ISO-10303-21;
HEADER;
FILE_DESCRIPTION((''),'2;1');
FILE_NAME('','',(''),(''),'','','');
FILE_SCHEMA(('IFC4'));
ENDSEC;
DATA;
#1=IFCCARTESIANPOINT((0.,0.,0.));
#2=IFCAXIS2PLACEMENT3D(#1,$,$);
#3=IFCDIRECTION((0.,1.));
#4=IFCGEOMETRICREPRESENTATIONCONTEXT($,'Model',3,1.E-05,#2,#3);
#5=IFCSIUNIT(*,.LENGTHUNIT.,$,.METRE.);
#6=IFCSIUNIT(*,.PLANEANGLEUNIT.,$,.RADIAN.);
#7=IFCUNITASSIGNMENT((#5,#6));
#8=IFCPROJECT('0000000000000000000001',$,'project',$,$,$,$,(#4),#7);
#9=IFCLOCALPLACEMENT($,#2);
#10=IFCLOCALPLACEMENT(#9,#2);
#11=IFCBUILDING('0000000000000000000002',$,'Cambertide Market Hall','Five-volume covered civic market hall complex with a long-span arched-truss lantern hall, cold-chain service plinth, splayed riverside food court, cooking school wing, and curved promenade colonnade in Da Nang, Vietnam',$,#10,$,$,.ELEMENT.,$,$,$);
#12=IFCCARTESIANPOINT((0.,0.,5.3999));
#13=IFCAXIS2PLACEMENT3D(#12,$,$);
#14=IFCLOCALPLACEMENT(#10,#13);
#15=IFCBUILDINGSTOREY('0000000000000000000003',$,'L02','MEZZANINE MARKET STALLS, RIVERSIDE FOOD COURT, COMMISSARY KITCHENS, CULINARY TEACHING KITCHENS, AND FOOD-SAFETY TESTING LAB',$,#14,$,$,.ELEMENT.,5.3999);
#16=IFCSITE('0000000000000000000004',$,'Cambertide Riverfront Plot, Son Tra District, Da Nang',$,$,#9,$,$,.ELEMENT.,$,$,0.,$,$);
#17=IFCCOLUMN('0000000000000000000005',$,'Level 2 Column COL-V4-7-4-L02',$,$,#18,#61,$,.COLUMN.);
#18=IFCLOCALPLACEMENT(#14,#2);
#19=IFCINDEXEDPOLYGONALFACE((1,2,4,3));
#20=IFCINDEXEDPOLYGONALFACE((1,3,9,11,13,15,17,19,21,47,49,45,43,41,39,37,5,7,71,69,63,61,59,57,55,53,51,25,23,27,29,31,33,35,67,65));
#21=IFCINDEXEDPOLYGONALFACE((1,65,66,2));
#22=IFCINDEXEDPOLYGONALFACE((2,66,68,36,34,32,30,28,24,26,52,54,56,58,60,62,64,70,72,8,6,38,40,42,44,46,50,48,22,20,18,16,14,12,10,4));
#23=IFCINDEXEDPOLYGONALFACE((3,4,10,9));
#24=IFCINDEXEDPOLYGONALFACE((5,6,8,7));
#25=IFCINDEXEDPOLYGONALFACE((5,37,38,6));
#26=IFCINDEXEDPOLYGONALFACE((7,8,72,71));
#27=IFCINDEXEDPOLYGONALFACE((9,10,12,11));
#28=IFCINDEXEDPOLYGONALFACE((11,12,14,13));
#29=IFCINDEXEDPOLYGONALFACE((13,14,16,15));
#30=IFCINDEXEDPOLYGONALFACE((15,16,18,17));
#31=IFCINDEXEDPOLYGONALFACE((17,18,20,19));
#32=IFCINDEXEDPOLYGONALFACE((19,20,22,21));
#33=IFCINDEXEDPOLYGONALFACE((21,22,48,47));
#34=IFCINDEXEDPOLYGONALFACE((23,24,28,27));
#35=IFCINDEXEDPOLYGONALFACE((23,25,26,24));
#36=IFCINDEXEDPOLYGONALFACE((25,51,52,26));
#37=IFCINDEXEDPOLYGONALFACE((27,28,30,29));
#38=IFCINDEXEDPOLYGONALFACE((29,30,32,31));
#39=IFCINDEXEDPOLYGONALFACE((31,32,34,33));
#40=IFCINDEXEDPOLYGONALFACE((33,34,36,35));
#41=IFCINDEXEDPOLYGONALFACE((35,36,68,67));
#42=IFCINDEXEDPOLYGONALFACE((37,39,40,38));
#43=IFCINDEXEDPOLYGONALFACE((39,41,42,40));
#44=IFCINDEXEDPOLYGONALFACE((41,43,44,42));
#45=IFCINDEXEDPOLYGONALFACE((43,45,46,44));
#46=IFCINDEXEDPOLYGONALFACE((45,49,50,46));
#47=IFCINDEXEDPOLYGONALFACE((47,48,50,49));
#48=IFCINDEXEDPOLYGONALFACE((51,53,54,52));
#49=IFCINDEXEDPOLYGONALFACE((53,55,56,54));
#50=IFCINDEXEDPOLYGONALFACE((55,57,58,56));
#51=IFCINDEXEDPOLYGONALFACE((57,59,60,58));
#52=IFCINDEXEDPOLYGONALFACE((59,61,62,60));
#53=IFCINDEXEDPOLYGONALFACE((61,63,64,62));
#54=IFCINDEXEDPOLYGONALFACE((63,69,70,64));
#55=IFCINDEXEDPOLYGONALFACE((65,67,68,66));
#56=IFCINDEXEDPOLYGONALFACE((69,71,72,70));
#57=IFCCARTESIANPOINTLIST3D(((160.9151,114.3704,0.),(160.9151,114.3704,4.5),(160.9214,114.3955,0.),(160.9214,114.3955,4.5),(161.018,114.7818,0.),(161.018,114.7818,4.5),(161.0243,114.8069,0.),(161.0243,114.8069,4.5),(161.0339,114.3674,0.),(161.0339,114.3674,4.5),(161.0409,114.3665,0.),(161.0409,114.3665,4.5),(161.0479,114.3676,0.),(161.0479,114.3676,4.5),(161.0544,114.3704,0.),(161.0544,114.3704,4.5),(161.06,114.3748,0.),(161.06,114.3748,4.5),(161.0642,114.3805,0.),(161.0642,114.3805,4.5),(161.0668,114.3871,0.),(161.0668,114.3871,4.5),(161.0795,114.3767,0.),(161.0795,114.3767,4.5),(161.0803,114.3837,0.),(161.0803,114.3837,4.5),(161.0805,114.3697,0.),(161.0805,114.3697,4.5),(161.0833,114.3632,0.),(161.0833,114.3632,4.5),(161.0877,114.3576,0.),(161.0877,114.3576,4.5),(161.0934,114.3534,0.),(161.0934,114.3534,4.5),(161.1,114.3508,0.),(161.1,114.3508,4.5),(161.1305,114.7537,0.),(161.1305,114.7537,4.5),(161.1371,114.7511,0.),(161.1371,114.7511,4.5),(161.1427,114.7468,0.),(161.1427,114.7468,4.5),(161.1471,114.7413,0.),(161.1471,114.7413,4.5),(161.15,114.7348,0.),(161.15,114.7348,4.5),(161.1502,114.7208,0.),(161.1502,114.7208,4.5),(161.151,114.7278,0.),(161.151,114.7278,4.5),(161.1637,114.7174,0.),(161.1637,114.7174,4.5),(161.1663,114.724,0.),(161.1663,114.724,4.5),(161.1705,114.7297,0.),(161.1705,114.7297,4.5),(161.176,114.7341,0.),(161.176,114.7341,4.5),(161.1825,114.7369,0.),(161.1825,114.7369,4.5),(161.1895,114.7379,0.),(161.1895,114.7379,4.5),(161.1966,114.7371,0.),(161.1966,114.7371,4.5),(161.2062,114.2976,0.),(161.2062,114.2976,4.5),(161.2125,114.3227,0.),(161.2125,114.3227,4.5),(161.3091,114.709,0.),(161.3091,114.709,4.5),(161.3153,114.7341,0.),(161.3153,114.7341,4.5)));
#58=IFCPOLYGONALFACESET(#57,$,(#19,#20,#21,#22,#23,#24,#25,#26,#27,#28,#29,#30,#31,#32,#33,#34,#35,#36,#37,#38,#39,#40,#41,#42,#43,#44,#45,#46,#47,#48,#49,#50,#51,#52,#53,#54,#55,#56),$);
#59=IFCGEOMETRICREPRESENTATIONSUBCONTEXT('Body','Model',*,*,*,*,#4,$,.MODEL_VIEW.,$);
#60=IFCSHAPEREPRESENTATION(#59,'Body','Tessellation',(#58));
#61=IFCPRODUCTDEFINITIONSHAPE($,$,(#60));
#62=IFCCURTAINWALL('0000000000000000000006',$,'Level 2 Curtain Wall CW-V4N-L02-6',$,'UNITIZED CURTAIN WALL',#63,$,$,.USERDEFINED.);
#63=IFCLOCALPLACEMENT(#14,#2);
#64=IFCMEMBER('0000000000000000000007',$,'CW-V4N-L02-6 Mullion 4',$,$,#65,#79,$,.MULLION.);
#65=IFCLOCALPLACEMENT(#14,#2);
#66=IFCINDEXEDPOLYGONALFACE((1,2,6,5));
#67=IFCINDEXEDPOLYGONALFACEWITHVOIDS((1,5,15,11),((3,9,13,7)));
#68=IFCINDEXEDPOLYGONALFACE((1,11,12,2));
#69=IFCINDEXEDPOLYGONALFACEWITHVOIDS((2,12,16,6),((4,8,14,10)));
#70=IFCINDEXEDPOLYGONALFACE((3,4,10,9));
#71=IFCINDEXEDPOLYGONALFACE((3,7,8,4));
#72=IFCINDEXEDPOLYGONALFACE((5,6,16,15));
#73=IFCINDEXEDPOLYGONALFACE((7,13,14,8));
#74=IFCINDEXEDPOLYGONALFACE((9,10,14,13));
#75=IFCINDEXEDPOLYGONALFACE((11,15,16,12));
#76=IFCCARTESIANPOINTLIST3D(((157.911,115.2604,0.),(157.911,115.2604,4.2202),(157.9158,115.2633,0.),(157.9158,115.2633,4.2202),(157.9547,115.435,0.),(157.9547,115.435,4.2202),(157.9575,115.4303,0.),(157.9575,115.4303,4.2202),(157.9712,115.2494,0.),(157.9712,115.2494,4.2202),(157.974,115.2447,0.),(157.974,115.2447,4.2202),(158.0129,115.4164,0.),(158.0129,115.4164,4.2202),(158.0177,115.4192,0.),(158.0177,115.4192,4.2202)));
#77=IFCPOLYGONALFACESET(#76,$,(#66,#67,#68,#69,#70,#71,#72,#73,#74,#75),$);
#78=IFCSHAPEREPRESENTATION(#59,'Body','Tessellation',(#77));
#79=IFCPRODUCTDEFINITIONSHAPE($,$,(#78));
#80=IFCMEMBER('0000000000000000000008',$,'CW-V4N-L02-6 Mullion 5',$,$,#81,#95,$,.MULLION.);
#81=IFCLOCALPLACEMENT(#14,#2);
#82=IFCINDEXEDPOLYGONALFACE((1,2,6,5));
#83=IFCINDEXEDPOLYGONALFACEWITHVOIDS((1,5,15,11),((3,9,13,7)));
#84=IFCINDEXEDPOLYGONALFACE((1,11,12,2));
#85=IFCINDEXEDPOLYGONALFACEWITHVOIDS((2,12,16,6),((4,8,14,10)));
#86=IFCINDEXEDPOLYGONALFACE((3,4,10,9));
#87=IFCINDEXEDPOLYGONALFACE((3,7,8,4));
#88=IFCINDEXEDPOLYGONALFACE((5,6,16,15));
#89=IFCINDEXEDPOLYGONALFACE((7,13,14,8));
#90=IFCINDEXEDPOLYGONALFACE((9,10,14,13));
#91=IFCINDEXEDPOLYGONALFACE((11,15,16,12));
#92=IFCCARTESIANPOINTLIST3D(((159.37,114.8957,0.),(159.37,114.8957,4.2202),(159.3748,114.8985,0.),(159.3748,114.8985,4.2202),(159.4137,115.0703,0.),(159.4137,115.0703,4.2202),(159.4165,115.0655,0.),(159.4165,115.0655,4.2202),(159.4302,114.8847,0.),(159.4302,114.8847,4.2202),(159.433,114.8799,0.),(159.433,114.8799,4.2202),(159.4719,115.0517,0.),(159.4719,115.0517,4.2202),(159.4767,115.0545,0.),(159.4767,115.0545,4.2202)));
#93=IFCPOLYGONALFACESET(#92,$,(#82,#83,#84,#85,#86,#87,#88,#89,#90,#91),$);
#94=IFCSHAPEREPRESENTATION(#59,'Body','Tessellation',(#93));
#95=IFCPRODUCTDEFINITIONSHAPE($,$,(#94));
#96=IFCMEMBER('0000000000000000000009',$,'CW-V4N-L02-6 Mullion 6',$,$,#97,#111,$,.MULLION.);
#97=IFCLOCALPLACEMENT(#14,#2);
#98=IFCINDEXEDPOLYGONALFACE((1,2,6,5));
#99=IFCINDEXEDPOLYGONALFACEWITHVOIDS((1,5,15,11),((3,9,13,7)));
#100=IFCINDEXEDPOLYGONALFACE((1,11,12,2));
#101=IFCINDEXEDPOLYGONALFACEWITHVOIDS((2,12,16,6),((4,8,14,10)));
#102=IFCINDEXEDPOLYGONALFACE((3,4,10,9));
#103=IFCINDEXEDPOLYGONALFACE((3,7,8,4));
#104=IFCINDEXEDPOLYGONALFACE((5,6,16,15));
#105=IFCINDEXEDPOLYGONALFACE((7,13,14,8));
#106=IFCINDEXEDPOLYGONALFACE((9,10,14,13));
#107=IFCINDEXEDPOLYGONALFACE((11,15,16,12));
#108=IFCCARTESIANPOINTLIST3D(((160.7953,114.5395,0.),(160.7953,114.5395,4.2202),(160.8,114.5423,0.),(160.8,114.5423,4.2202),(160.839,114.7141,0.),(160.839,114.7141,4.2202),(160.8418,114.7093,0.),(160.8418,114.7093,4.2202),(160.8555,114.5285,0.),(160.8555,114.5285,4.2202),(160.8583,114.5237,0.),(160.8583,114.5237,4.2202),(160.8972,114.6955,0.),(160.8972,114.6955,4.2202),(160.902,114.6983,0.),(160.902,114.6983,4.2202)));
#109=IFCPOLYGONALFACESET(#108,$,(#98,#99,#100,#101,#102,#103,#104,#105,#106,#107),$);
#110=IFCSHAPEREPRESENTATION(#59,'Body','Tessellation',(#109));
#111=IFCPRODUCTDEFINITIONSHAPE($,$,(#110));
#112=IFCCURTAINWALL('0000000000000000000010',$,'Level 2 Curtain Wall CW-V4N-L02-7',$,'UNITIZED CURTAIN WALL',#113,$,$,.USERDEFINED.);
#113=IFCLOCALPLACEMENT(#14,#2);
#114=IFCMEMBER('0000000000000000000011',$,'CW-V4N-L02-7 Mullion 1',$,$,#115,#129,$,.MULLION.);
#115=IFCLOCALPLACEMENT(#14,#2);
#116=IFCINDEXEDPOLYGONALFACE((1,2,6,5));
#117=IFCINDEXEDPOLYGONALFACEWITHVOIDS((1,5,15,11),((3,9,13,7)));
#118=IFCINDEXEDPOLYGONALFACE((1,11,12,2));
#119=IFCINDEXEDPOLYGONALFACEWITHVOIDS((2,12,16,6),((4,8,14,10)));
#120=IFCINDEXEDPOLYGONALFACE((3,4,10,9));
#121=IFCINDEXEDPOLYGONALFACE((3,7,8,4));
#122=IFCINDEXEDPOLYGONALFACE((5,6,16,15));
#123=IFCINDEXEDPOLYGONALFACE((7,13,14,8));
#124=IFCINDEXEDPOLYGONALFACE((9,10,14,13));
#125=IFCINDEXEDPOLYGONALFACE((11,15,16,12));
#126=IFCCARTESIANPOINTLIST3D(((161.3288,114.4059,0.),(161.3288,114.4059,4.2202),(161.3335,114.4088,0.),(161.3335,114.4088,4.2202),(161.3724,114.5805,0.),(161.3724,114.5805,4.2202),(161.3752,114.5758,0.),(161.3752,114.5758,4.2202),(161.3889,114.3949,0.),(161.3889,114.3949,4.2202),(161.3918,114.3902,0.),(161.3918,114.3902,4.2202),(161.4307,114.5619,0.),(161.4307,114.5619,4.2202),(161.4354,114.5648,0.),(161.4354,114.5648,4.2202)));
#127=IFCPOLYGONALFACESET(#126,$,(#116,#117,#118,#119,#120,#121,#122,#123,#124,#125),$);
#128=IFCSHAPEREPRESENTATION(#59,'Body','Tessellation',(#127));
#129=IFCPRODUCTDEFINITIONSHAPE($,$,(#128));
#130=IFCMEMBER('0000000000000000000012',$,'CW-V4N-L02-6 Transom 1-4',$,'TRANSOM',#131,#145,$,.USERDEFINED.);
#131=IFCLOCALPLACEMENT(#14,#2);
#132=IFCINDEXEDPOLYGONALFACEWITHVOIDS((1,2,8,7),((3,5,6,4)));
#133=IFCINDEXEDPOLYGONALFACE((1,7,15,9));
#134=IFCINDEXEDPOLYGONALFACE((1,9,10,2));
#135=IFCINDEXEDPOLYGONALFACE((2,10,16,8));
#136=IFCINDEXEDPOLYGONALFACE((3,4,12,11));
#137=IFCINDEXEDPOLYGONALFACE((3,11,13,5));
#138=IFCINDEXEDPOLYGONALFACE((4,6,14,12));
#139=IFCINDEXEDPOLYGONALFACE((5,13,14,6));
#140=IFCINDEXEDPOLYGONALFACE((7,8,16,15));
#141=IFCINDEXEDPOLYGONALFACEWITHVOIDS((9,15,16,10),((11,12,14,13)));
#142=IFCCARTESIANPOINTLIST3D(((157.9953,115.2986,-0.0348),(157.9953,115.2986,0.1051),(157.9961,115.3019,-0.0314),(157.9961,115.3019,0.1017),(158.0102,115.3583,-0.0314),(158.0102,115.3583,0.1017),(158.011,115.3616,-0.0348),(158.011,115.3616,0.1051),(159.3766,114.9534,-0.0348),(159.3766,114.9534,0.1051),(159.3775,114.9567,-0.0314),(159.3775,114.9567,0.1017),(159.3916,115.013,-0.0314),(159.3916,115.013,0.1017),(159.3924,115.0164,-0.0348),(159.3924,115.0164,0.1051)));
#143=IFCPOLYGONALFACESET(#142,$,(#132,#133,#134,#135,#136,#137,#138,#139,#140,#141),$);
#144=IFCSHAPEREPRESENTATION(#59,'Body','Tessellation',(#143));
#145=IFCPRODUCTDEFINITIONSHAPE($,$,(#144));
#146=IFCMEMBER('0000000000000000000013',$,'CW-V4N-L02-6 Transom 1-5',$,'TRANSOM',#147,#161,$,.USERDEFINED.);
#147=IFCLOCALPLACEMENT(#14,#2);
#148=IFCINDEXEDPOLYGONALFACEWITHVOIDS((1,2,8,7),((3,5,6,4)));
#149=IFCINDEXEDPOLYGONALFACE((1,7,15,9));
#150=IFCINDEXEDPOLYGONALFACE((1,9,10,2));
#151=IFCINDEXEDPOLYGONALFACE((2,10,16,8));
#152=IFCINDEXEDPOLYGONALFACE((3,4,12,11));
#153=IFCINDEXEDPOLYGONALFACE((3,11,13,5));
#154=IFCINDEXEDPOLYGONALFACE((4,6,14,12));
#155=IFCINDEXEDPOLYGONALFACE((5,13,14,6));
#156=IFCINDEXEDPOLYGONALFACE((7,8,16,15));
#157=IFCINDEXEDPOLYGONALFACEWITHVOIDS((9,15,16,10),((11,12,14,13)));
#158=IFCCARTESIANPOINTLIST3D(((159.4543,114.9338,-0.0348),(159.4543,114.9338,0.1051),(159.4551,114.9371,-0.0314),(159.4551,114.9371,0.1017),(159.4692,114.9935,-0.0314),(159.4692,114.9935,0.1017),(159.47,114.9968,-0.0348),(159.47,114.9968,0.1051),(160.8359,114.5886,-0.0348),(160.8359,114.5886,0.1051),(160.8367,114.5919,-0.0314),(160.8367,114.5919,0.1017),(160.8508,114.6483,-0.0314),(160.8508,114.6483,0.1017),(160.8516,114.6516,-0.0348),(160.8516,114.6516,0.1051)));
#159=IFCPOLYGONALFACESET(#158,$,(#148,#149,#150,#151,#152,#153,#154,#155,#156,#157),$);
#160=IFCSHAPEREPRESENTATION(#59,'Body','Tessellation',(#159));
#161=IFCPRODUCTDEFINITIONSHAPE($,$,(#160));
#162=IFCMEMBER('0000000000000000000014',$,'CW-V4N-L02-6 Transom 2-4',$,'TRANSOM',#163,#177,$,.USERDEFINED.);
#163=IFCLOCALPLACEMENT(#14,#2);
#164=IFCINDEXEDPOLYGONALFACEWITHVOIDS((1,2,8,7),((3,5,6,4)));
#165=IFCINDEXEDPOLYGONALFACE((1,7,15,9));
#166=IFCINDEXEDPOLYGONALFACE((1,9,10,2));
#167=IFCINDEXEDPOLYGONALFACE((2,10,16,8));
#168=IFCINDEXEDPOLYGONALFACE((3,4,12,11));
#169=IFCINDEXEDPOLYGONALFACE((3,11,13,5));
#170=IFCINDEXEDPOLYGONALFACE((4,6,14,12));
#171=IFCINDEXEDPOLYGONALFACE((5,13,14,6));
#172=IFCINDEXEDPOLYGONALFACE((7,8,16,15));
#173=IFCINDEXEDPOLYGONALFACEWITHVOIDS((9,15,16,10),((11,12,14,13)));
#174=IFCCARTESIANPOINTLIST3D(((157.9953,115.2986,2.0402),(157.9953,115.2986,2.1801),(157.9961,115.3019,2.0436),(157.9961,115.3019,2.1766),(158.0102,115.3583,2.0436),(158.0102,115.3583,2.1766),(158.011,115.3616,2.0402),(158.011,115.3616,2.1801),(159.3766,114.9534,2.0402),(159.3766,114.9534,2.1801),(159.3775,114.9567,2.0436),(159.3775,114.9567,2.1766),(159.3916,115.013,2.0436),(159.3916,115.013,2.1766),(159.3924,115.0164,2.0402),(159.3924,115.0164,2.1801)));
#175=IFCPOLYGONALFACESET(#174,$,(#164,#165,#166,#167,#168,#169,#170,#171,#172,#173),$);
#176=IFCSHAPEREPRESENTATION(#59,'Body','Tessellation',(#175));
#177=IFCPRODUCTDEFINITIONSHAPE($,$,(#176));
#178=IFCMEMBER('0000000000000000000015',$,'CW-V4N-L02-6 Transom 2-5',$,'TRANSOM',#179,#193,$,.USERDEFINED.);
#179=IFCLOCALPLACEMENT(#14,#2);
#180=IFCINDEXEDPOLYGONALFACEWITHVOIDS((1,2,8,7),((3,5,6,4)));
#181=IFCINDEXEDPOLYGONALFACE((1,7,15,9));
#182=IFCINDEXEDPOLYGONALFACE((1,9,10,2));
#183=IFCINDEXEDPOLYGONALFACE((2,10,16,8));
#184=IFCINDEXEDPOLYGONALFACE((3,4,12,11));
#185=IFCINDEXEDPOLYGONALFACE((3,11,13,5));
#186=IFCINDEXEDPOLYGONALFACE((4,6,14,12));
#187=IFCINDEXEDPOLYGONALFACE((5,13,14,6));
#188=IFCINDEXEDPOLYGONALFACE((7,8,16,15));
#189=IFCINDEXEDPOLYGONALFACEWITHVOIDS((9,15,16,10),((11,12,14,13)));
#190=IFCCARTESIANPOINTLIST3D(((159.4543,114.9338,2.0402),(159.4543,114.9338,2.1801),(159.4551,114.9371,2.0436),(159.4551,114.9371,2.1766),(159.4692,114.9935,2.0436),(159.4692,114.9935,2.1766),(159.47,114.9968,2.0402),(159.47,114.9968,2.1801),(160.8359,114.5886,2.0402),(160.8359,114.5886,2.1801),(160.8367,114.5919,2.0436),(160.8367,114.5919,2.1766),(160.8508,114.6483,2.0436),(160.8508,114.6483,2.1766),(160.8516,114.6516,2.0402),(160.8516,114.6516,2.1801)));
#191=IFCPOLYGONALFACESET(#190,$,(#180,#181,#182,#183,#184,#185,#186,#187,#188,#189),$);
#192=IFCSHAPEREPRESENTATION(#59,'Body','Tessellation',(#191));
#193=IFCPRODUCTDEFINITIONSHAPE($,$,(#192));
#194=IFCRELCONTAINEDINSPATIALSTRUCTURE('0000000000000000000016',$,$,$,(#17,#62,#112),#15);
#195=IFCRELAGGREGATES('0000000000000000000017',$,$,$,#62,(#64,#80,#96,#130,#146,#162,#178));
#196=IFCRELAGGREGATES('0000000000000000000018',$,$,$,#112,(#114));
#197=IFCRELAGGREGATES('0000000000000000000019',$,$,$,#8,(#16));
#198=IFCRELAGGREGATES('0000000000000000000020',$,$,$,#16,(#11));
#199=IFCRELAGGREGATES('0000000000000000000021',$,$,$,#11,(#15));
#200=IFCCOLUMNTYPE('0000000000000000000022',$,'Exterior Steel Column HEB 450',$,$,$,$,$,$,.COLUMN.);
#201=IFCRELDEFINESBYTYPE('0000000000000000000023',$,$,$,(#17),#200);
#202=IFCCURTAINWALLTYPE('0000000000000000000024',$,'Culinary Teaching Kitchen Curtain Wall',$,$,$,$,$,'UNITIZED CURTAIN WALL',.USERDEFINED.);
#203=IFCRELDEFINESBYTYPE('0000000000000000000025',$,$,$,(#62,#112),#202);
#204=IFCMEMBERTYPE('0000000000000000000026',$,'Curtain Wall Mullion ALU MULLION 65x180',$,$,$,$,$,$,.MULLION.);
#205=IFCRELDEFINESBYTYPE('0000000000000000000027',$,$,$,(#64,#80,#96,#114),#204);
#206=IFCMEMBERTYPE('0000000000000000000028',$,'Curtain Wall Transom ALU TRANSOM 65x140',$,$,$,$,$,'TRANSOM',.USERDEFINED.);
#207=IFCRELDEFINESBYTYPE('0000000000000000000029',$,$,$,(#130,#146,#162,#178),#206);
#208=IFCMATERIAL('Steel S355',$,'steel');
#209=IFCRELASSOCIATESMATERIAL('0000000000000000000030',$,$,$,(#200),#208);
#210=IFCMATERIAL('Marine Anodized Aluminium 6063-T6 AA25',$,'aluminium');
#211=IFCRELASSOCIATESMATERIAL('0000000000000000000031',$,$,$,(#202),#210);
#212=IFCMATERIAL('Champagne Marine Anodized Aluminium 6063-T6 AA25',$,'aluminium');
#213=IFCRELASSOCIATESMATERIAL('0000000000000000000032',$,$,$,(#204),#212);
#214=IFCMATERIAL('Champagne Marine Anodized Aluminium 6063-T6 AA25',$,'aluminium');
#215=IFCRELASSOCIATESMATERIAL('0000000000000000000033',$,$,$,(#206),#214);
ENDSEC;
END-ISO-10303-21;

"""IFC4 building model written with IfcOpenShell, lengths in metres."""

from ifc_helpers import new_model, si_unit, direction, frame, origin, origin_2d, place, context, subcontext, project, spatial, hollow_rectangle, i_section, extrude, material, material_profile, profile_set, type_object, element, aggregate, save


model = new_model("IFC4")

# Units and contexts
model_context = context("Model", 3, precision=1e-05, world=origin(), true_north=direction((0.0, 1.0)))
body_context = subcontext(model_context, "Body", "Model", "MODEL_VIEW")
ifc_project = project(units=[si_unit("LENGTHUNIT", "METRE"), si_unit("PLANEANGLEUNIT", "RADIAN")], contexts=[model_context])

# Site, building, storey
site_placement = place(None, origin())
site = spatial("IfcSite", under=ifc_project, at=site_placement, Name="Cambertide Riverfront Plot, Son Tra District, Da Nang", CompositionType="ELEMENT", RefElevation=0.0)
building_placement = place(site_placement, origin())
building = spatial("IfcBuilding", under=site, at=building_placement, Name="Cambertide Market Hall", Description="Five-volume covered civic market hall complex with a long-span arched-truss lantern hall, cold-chain service plinth, splayed riverside food court, cooking school wing, and curved promenade colonnade in Da Nang, Vietnam", CompositionType="ELEMENT")
storey_placement = place(building_placement, frame((0.0, 0.0, 5.3999)))
storey = spatial("IfcBuildingStorey", under=building, at=storey_placement, Name="L02", Description="MEZZANINE MARKET STALLS, RIVERSIDE FOOD COURT, COMMISSARY KITCHENS, CULINARY TEACHING KITCHENS, AND FOOD-SAFETY TESTING LAB", CompositionType="ELEMENT", Elevation=5.3999)

# Column
ifc_material_1 = material(Name="Steel S355", Category="steel")
ifc_material_profile_1 = material_profile(ifc_material_1, i_section(OverallWidth=0.3, OverallDepth=0.45, WebThickness=0.0139, FlangeThickness=0.0259, FilletRadius=0.0271, at=origin_2d()), Name="HEB 450")
ifc_profile_set_1 = profile_set([ifc_material_profile_1], Name="Steel S355")
column_type = type_object("IfcColumnType", Name="Exterior Steel Column HEB 450", PredefinedType="COLUMN", material=ifc_profile_set_1)
column_placement = place(storey_placement, frame((161.1152, 114.5522, 0.0), z_axis=(0.0, 0.0, 1.0), x_axis=(0.970143, -0.242536, 0.0)))
element("IfcColumn", 1, at=column_placement, inside=storey, type_object=column_type, Name="Level 2 Column COL-V4-7-4-L02", PredefinedType="COLUMN", context=body_context, shape_type="SweptSolid", body=[
    extrude(i_section(OverallWidth=0.3, OverallDepth=0.45, WebThickness=0.0139, FlangeThickness=0.0259, FilletRadius=0.0271, at=origin_2d()), origin(), (0.0, 0.0, 1.0), 4.5),
])

# Curtain wall, members
ifc_material_2 = material(Name="Marine Anodized Aluminium 6063-T6 AA25", Category="aluminium")
curtain_wall_type = type_object("IfcCurtainWallType", Name="Culinary Teaching Kitchen Curtain Wall", ElementType="UNITIZED CURTAIN WALL", PredefinedType="USERDEFINED", material=ifc_material_2)
curtain_wall_1_placement = place(storey_placement, origin())
curtain_wall_1 = element("IfcCurtainWall", 2, at=curtain_wall_1_placement, inside=storey, type_object=curtain_wall_type, Name="Level 2 Curtain Wall CW-V4N-L02-6", ObjectType="UNITIZED CURTAIN WALL", PredefinedType="USERDEFINED")
ifc_material_3 = material(Name="Champagne Marine Anodized Aluminium 6063-T6 AA25", Category="aluminium")
ifc_material_profile_2 = material_profile(ifc_material_3, hollow_rectangle(XDim=0.0649, YDim=0.1799, WallThickness=0.0039, at=origin_2d()), Name="ALU MULLION 65x180")
ifc_profile_set_2 = profile_set([ifc_material_profile_2], Name="Champagne Marine Anodized Aluminium 6063-T6 AA25")
member_type_1 = type_object("IfcMemberType", Name="Curtain Wall Mullion ALU MULLION 65x180", PredefinedType="MULLION", material=ifc_profile_set_2)
member_1_placement = place(storey_placement, frame((157.9644, 115.3398, 0.0), z_axis=(0.0, 0.0, 1.0), x_axis=(0.970143, -0.242536, 0.0)))
member_1 = element("IfcMember", 3, at=member_1_placement, type_object=member_type_1, Name="CW-V4N-L02-6 Mullion 4", PredefinedType="MULLION", context=body_context, shape_type="SweptSolid", body=[
    extrude(hollow_rectangle(XDim=0.0649, YDim=0.1799, WallThickness=0.0039, at=origin_2d()), origin(), (0.0, 0.0, 1.0), 4.2202),
])
member_2_placement = place(storey_placement, frame((159.4233, 114.9751, 0.0), z_axis=(0.0, 0.0, 1.0), x_axis=(0.970143, -0.242536, 0.0)))
member_2 = element("IfcMember", 4, at=member_2_placement, type_object=member_type_1, Name="CW-V4N-L02-6 Mullion 5", PredefinedType="MULLION", context=body_context, shape_type="SweptSolid", body=[
    extrude(hollow_rectangle(XDim=0.0649, YDim=0.1799, WallThickness=0.0039, at=origin_2d()), origin(), (0.0, 0.0, 1.0), 4.2202),
])
member_3_placement = place(storey_placement, frame((160.8486, 114.6189, 0.0), z_axis=(0.0, 0.0, 1.0), x_axis=(0.970143, -0.242536, 0.0)))
member_3 = element("IfcMember", 5, at=member_3_placement, type_object=member_type_1, Name="CW-V4N-L02-6 Mullion 6", PredefinedType="MULLION", context=body_context, shape_type="SweptSolid", body=[
    extrude(hollow_rectangle(XDim=0.0649, YDim=0.1799, WallThickness=0.0039, at=origin_2d()), origin(), (0.0, 0.0, 1.0), 4.2202),
])

# Curtain wall, member
curtain_wall_2_placement = place(storey_placement, origin())
curtain_wall_2 = element("IfcCurtainWall", 6, at=curtain_wall_2_placement, inside=storey, type_object=curtain_wall_type, Name="Level 2 Curtain Wall CW-V4N-L02-7", ObjectType="UNITIZED CURTAIN WALL", PredefinedType="USERDEFINED")
member_4_placement = place(storey_placement, frame((161.3821, 114.4854, 0.0), z_axis=(0.0, 0.0, 1.0), x_axis=(0.970143, -0.242536, 0.0)))
member_4 = element("IfcMember", 7, at=member_4_placement, type_object=member_type_1, Name="CW-V4N-L02-7 Mullion 1", PredefinedType="MULLION", context=body_context, shape_type="SweptSolid", body=[
    extrude(hollow_rectangle(XDim=0.0649, YDim=0.1799, WallThickness=0.0039, at=origin_2d()), origin(), (0.0, 0.0, 1.0), 4.2202),
])

# Members
ifc_material_4 = material(Name="Champagne Marine Anodized Aluminium 6063-T6 AA25", Category="aluminium")
ifc_material_profile_3 = material_profile(ifc_material_4, hollow_rectangle(XDim=0.0649, YDim=0.1399, WallThickness=0.0034, at=origin_2d()), Name="ALU TRANSOM 65x140")
ifc_profile_set_3 = profile_set([ifc_material_profile_3], Name="Champagne Marine Anodized Aluminium 6063-T6 AA25")
member_type_2 = type_object("IfcMemberType", Name="Curtain Wall Transom ALU TRANSOM 65x140", ElementType="TRANSOM", PredefinedType="USERDEFINED", material=ifc_profile_set_3)
member_5_placement = place(storey_placement, frame((158.0032, 115.3301, 0.0352), z_axis=(0.970163, -0.242455, 0.0), x_axis=(0.242455, 0.970163, 0.0)))
member_5 = element("IfcMember", 8, at=member_5_placement, type_object=member_type_2, Name="CW-V4N-L02-6 Transom 1-4", ObjectType="TRANSOM", PredefinedType="USERDEFINED", context=body_context, shape_type="SweptSolid", body=[
    extrude(hollow_rectangle(XDim=0.0649, YDim=0.1399, WallThickness=0.0034, at=origin_2d()), origin(), (0.0, 0.0, 1.0), 1.4238),
])
member_6_placement = place(storey_placement, frame((159.4622, 114.9653, 0.0352), z_axis=(0.970173, -0.242415, 0.0), x_axis=(0.242415, 0.970173, 0.0)))
member_6 = element("IfcMember", 9, at=member_6_placement, type_object=member_type_2, Name="CW-V4N-L02-6 Transom 1-5", ObjectType="TRANSOM", PredefinedType="USERDEFINED", context=body_context, shape_type="SweptSolid", body=[
    extrude(hollow_rectangle(XDim=0.0649, YDim=0.1399, WallThickness=0.0034, at=origin_2d()), origin(), (0.0, 0.0, 1.0), 1.4241),
])
member_7_placement = place(storey_placement, frame((158.0032, 115.3301, 2.1101), z_axis=(0.970163, -0.242455, 0.0), x_axis=(0.242455, 0.970163, 0.0)))
member_7 = element("IfcMember", 10, at=member_7_placement, type_object=member_type_2, Name="CW-V4N-L02-6 Transom 2-4", ObjectType="TRANSOM", PredefinedType="USERDEFINED", context=body_context, shape_type="SweptSolid", body=[
    extrude(hollow_rectangle(XDim=0.0649, YDim=0.1399, WallThickness=0.0034, at=origin_2d()), origin(), (0.0, 0.0, 1.0), 1.4238),
])
member_8_placement = place(storey_placement, frame((159.4622, 114.9653, 2.1101), z_axis=(0.970173, -0.242415, 0.0), x_axis=(0.242415, 0.970173, 0.0)))
member_8 = element("IfcMember", 11, at=member_8_placement, type_object=member_type_2, Name="CW-V4N-L02-6 Transom 2-5", ObjectType="TRANSOM", PredefinedType="USERDEFINED", context=body_context, shape_type="SweptSolid", body=[
    extrude(hollow_rectangle(XDim=0.0649, YDim=0.1399, WallThickness=0.0034, at=origin_2d()), origin(), (0.0, 0.0, 1.0), 1.4241),
])

aggregate(curtain_wall_1, [member_1, member_2, member_3, member_5, member_6, member_7, member_8])
aggregate(curtain_wall_2, [member_4])

save(model, "model.ifc")
